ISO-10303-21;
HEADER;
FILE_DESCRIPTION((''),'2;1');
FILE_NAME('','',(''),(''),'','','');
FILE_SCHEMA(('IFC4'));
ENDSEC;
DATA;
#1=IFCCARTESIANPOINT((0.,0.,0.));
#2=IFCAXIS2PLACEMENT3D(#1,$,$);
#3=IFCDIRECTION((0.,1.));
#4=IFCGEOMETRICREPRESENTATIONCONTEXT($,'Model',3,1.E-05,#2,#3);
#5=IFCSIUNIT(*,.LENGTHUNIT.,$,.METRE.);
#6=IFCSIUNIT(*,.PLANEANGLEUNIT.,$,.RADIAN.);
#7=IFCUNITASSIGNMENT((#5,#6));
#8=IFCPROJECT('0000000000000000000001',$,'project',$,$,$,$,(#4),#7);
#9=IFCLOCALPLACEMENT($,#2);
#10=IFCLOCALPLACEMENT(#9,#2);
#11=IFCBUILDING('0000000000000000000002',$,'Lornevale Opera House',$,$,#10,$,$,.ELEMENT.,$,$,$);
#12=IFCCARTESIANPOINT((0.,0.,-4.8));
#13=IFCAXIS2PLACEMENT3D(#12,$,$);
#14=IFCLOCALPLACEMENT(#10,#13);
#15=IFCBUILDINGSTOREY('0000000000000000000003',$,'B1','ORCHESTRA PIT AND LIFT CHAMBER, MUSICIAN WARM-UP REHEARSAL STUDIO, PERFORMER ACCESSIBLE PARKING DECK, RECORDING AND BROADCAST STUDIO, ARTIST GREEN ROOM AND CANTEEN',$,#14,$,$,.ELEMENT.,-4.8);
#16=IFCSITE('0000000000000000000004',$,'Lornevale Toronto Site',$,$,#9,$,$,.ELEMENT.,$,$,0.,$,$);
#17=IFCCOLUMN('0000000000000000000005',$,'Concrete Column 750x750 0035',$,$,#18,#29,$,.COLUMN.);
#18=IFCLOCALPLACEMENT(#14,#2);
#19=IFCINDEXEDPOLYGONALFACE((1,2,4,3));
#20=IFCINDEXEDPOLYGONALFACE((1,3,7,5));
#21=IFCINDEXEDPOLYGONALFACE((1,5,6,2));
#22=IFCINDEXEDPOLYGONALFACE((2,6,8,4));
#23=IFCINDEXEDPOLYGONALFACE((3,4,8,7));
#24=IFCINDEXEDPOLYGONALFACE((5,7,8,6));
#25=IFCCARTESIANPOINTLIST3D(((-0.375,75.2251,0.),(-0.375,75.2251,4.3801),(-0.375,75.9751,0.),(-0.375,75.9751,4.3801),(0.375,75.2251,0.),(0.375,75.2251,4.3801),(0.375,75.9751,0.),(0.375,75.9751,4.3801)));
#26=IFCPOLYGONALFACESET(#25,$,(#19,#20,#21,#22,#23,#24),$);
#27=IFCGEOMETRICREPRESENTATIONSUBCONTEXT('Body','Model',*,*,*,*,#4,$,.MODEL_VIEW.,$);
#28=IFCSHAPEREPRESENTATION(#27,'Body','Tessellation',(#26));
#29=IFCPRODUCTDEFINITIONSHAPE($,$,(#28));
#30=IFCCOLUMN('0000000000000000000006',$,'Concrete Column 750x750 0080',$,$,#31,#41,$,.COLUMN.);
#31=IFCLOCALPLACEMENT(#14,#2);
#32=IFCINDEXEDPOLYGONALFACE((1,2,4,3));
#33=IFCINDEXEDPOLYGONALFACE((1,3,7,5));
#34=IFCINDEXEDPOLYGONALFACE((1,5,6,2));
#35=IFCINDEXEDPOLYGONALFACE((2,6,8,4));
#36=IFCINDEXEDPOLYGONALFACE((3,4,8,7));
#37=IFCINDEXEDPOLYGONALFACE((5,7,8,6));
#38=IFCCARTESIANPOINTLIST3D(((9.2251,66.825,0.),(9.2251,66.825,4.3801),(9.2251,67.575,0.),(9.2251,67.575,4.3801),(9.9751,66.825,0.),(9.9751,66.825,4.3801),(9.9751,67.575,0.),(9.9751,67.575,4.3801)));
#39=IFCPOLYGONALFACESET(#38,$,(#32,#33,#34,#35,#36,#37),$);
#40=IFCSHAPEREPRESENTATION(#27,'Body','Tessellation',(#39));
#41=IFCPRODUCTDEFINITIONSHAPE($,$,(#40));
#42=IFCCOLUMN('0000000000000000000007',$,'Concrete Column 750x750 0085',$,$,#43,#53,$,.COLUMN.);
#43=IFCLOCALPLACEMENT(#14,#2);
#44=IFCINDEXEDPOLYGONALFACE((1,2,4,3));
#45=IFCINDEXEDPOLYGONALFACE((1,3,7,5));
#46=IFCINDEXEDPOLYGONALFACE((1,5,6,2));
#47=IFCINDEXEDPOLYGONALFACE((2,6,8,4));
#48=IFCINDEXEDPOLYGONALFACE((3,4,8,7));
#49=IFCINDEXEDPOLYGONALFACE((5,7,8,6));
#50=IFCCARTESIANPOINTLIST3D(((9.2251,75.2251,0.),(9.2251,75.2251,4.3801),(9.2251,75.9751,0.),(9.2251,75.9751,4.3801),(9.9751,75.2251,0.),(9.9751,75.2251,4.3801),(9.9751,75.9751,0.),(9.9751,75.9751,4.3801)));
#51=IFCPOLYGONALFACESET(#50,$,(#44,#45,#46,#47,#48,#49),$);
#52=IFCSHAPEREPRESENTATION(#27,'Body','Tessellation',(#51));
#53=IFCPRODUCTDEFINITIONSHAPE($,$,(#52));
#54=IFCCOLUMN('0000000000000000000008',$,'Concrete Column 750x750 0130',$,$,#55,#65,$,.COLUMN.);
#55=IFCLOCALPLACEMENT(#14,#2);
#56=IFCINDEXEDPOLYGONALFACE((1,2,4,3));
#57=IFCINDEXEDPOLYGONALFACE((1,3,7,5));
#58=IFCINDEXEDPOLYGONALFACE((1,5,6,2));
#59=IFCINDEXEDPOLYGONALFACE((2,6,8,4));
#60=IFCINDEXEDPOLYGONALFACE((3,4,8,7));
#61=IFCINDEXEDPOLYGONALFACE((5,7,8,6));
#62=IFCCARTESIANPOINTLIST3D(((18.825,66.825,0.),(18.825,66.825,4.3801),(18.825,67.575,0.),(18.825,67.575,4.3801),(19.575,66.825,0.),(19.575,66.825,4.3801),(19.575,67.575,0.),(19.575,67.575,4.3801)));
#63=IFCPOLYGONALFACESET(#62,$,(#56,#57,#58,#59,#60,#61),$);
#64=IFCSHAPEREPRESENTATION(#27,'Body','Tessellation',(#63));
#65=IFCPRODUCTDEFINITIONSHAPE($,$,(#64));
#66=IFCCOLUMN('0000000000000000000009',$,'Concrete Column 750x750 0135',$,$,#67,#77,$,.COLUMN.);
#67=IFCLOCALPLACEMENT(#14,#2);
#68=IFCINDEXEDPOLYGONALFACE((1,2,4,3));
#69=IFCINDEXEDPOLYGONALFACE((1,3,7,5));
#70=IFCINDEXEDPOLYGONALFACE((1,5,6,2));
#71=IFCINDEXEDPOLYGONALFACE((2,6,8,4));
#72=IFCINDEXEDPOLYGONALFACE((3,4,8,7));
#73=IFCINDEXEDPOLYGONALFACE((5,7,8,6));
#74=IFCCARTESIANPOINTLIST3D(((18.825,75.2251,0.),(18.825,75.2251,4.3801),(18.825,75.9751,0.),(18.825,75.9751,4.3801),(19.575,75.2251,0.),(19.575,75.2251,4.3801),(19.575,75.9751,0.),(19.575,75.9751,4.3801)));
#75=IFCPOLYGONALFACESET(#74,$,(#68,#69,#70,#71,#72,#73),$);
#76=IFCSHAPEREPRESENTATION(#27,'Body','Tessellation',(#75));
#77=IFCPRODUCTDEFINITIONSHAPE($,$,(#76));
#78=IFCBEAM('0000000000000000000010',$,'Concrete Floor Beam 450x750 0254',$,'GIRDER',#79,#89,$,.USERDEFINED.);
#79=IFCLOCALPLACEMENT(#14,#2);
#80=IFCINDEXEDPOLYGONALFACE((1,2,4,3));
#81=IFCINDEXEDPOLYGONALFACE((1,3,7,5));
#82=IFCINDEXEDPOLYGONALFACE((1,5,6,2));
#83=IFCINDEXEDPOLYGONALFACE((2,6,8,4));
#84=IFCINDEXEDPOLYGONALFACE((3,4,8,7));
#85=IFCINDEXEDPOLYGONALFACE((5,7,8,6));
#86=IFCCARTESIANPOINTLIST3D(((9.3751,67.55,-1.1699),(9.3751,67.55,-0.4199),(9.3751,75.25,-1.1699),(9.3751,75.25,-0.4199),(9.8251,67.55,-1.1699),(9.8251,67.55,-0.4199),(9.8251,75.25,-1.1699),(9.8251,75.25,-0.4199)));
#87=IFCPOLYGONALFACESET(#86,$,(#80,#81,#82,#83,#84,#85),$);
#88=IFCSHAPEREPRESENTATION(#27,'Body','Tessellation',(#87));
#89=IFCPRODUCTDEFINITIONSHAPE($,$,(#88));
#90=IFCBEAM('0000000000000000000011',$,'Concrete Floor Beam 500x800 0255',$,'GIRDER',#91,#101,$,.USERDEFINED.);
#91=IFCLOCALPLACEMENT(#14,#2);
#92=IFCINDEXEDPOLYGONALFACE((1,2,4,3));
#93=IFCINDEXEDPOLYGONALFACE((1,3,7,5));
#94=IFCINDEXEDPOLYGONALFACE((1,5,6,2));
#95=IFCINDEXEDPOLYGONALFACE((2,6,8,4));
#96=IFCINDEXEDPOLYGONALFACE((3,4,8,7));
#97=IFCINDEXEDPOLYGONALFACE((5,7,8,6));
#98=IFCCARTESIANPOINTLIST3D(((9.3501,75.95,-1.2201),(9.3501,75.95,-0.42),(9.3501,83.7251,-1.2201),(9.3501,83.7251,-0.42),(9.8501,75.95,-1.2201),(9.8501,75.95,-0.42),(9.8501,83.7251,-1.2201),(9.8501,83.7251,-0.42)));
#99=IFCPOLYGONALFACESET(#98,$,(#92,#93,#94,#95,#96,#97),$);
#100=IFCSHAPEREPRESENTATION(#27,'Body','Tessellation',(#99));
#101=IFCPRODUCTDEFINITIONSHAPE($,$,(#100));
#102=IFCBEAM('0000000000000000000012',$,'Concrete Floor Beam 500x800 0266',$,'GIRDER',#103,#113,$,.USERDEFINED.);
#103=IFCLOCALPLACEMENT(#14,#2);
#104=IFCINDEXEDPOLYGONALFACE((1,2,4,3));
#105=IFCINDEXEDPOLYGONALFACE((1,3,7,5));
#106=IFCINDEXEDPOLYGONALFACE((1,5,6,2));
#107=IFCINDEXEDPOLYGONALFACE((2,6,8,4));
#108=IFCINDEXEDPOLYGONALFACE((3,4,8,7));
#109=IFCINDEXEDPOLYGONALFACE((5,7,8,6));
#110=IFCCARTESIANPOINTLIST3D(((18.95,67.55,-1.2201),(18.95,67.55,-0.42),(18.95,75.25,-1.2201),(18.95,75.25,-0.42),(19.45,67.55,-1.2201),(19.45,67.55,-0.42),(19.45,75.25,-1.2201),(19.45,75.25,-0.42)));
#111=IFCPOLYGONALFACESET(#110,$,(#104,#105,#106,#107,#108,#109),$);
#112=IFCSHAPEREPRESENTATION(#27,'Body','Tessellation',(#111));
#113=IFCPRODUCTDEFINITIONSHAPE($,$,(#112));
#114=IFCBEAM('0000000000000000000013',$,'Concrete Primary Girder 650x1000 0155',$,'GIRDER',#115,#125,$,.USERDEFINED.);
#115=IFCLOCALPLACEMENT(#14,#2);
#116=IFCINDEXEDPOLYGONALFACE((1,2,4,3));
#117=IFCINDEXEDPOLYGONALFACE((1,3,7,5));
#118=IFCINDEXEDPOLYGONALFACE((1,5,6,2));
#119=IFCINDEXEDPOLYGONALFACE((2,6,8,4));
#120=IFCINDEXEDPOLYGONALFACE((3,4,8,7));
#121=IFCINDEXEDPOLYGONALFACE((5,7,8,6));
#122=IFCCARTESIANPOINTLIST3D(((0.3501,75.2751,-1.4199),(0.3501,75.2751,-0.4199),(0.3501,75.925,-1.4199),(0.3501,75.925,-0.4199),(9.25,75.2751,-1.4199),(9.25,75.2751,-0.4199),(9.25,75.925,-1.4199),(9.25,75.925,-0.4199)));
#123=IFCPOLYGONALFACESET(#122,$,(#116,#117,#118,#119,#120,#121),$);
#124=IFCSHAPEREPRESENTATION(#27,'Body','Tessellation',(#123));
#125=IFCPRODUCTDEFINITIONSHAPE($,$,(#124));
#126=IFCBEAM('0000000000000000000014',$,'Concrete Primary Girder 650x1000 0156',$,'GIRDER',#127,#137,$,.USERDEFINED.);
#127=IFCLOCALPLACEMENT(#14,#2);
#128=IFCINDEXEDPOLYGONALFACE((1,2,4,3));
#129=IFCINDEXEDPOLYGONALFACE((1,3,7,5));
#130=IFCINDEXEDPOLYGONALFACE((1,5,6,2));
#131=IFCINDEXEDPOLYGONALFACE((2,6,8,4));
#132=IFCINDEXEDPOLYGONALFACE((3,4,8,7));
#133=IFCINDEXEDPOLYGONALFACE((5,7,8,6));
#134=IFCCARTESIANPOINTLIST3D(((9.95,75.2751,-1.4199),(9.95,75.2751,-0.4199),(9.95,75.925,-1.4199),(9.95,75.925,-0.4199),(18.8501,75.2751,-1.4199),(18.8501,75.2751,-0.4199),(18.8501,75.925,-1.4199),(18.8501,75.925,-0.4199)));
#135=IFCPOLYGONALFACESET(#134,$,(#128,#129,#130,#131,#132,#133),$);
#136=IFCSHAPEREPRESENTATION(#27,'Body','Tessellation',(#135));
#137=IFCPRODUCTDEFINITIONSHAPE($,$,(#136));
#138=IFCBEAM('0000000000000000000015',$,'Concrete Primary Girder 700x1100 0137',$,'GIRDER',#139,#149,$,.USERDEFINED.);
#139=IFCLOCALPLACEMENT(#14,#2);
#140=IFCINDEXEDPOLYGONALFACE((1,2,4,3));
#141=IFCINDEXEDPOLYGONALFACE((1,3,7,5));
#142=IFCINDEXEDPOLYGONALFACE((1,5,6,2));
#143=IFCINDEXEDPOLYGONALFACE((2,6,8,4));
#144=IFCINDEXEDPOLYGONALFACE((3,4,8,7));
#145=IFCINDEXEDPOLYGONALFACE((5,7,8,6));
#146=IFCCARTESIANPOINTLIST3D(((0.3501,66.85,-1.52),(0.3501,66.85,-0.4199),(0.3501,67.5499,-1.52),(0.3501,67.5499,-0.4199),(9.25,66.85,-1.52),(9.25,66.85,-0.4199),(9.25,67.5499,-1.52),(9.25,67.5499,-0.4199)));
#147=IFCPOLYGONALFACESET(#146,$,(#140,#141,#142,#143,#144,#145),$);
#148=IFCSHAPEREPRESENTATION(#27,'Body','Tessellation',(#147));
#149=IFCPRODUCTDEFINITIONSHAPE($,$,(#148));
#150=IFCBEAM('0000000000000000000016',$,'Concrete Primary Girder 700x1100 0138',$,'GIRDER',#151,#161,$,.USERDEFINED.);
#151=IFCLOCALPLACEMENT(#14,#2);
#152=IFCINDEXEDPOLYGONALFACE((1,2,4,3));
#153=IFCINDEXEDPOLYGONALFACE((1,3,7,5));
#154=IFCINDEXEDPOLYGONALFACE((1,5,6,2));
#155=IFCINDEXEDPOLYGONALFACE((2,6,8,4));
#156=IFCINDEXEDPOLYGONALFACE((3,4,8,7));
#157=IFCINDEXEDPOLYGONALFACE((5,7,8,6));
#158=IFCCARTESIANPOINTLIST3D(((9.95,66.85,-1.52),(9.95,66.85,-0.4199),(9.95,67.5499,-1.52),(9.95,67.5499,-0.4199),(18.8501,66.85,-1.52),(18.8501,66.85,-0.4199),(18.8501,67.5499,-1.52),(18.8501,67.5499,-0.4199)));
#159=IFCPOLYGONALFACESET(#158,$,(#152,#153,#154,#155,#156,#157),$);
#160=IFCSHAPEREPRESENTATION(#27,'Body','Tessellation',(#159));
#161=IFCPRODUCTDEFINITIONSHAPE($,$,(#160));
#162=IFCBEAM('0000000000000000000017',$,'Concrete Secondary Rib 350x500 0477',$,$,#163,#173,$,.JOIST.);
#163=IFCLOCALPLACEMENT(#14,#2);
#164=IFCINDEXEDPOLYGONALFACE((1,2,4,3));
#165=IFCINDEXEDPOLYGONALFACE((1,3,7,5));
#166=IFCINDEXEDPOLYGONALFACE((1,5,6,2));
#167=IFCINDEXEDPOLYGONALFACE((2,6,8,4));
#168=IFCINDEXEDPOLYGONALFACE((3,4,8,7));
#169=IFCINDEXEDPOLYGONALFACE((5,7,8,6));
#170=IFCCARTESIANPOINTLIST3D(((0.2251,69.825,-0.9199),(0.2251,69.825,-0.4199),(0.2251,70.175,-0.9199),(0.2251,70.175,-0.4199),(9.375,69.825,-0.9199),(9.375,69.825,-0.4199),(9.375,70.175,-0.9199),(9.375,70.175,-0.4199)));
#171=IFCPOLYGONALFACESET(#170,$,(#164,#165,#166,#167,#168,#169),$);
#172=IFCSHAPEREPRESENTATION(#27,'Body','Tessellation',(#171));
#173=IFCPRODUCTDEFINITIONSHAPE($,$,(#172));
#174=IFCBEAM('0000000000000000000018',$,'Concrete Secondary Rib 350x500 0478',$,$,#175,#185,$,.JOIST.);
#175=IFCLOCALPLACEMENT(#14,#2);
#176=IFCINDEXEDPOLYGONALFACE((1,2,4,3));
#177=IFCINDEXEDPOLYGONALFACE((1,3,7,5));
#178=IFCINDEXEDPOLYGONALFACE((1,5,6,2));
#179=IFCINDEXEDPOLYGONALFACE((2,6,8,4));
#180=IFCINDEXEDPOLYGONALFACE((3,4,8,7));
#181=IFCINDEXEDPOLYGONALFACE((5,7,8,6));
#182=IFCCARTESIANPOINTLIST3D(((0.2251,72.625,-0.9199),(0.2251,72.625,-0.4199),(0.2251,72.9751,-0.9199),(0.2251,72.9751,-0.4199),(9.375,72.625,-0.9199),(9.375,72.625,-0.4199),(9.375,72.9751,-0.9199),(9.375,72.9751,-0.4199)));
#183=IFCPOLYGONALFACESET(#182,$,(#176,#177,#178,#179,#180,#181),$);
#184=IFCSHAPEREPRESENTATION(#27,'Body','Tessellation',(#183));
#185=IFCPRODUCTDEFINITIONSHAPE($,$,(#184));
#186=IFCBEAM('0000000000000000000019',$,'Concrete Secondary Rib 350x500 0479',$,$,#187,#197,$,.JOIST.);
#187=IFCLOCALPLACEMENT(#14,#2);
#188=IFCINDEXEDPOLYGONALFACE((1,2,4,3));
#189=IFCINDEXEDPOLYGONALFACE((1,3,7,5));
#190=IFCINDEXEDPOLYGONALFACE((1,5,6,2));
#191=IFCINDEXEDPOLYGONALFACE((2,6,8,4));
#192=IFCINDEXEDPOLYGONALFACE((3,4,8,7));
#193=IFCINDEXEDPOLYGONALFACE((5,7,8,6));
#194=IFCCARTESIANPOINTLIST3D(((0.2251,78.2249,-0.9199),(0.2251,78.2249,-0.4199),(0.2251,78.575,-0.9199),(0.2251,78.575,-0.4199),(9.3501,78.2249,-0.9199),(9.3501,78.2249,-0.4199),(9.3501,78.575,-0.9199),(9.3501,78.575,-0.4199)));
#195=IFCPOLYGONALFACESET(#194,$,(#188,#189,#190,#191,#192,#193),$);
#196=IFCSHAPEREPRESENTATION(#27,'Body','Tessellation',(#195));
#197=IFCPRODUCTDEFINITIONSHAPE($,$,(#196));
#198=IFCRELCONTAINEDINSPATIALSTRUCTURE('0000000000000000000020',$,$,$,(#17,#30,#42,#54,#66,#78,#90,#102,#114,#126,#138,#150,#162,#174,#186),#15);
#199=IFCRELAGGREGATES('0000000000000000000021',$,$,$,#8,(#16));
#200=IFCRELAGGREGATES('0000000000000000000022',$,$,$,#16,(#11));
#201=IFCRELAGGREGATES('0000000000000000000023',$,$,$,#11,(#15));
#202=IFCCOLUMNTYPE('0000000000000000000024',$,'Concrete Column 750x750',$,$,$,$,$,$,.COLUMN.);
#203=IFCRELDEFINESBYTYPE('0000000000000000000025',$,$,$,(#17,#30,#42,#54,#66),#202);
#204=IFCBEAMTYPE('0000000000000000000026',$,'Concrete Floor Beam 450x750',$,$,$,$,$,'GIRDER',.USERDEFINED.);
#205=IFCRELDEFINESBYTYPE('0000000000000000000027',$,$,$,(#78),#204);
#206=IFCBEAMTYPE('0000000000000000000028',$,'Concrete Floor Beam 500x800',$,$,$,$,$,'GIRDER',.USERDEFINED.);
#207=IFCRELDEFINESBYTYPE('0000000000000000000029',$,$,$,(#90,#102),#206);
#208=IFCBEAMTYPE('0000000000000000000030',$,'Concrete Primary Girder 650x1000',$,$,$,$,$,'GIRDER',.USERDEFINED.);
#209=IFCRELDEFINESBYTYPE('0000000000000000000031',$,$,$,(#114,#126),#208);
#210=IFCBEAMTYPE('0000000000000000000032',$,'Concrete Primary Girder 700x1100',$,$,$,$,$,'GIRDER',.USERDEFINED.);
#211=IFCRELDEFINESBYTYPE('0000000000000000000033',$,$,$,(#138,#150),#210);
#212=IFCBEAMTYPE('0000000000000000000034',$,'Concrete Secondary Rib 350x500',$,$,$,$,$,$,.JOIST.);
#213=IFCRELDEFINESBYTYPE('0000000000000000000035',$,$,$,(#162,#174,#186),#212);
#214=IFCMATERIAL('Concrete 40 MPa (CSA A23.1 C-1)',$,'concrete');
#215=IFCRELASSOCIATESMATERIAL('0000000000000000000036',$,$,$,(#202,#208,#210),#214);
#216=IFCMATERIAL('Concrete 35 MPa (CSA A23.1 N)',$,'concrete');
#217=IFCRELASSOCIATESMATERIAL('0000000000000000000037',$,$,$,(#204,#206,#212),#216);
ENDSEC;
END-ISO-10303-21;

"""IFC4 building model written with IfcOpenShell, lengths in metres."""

from ifc_helpers import new_model, si_unit, direction, frame, origin, origin_2d, place, context, subcontext, project, spatial, rectangle, extrude, material, material_profile, profile_set, type_object, element, save


model = new_model("IFC4")

# Units and contexts
model_context = context("Model", 3, precision=1e-05, world=origin(), true_north=direction((0.0, 1.0)))
body_context = subcontext(model_context, "Body", "Model", "MODEL_VIEW")
ifc_project = project(units=[si_unit("LENGTHUNIT", "METRE"), si_unit("PLANEANGLEUNIT", "RADIAN")], contexts=[model_context])

# Site, building, storey
site_placement = place(None, origin())
site = spatial("IfcSite", under=ifc_project, at=site_placement, Name="Lornevale Toronto Site", CompositionType="ELEMENT", RefElevation=0.0)
building_placement = place(site_placement, origin())
building = spatial("IfcBuilding", under=site, at=building_placement, Name="Lornevale Opera House", CompositionType="ELEMENT")
storey_placement = place(building_placement, frame((0.0, 0.0, -4.8)))
storey = spatial("IfcBuildingStorey", under=building, at=storey_placement, Name="B1", Description="ORCHESTRA PIT AND LIFT CHAMBER, MUSICIAN WARM-UP REHEARSAL STUDIO, PERFORMER ACCESSIBLE PARKING DECK, RECORDING AND BROADCAST STUDIO, ARTIST GREEN ROOM AND CANTEEN", CompositionType="ELEMENT", Elevation=-4.8)

# Columns
ifc_material_1 = material(Name="Concrete 40 MPa (CSA A23.1 C-1)", Category="concrete")
ifc_material_profile_1 = material_profile(ifc_material_1, rectangle(XDim=0.75, YDim=0.75, at=origin_2d()), Name="RC750x750")
ifc_profile_set_1 = profile_set([ifc_material_profile_1], Name="Concrete 40 MPa (CSA A23.1 C-1)")
column_type = type_object("IfcColumnType", Name="Concrete Column 750x750", PredefinedType="COLUMN", material=ifc_profile_set_1)
for number, where, z_axis, x_axis, name in (
    (1, (0.0, 75.6001, 0.0), (0.0, 0.0, 1.0), (1.0, 0.0, 0.0), "Concrete Column 750x750 0035"),
    (2, (9.6001, 67.2, 0.0), (0.0, 0.0, 1.0), (1.0, 0.0, 0.0), "Concrete Column 750x750 0080"),
    (3, (9.6001, 75.6001, 0.0), (0.0, 0.0, 1.0), (1.0, 0.0, 0.0), "Concrete Column 750x750 0085"),
    (4, (19.2, 67.2, 0.0), (0.0, 0.0, 1.0), (1.0, 0.0, 0.0), "Concrete Column 750x750 0130"),
    (5, (19.2, 75.6001, 0.0), (0.0, 0.0, 1.0), (1.0, 0.0, 0.0), "Concrete Column 750x750 0135"),
):
    element("IfcColumn", number, at=place(storey_placement, frame(where, z_axis=z_axis, x_axis=x_axis)), inside=storey, type_object=column_type, Name=name, PredefinedType="COLUMN", context=body_context, shape_type="SweptSolid", body=[
        extrude(rectangle(XDim=0.75, YDim=0.75, at=origin_2d()), origin(), (0.0, 0.0, 1.0), 4.3801),
    ])

# Beams
ifc_material_2 = material(Name="Concrete 35 MPa (CSA A23.1 N)", Category="concrete")
ifc_material_profile_2 = material_profile(ifc_material_2, rectangle(XDim=0.45, YDim=0.75, at=origin_2d()), Name="RC450x750")
ifc_profile_set_2 = profile_set([ifc_material_profile_2], Name="Concrete 35 MPa (CSA A23.1 N)")
beam_type_1 = type_object("IfcBeamType", Name="Concrete Floor Beam 450x750", ElementType="GIRDER", PredefinedType="USERDEFINED", material=ifc_profile_set_2)
beam_1_placement = place(storey_placement, frame((9.6001, 67.55, -0.7949), z_axis=(0.0, 1.0, 0.0), x_axis=(-1.0, 0.0, 0.0)))
element("IfcBeam", 6, at=beam_1_placement, inside=storey, type_object=beam_type_1, Name="Concrete Floor Beam 450x750 0254", ObjectType="GIRDER", PredefinedType="USERDEFINED", context=body_context, shape_type="SweptSolid", body=[
    extrude(rectangle(XDim=0.45, YDim=0.75, at=origin_2d()), origin(), (0.0, 0.0, 1.0), 7.7),
])
ifc_material_profile_3 = material_profile(ifc_material_2, rectangle(XDim=0.5, YDim=0.8, at=origin_2d()), Name="RC500x800")
ifc_profile_set_3 = profile_set([ifc_material_profile_3], Name="Concrete 35 MPa (CSA A23.1 N)")
beam_type_2 = type_object("IfcBeamType", Name="Concrete Floor Beam 500x800", ElementType="GIRDER", PredefinedType="USERDEFINED", material=ifc_profile_set_3)
beam_2_placement = place(storey_placement, frame((9.6001, 75.95, -0.8201), z_axis=(0.0, 1.0, 0.0), x_axis=(-1.0, 0.0, 0.0)))
element("IfcBeam", 7, at=beam_2_placement, inside=storey, type_object=beam_type_2, Name="Concrete Floor Beam 500x800 0255", ObjectType="GIRDER", PredefinedType="USERDEFINED", context=body_context, shape_type="SweptSolid", body=[
    extrude(rectangle(XDim=0.5, YDim=0.8, at=origin_2d()), origin(), (0.0, 0.0, 1.0), 7.7751),
])
beam_3_placement = place(storey_placement, frame((19.2, 67.55, -0.8201), z_axis=(0.0, 1.0, 0.0), x_axis=(-1.0, 0.0, 0.0)))
element("IfcBeam", 8, at=beam_3_placement, inside=storey, type_object=beam_type_2, Name="Concrete Floor Beam 500x800 0266", ObjectType="GIRDER", PredefinedType="USERDEFINED", context=body_context, shape_type="SweptSolid", body=[
    extrude(rectangle(XDim=0.5, YDim=0.8, at=origin_2d()), origin(), (0.0, 0.0, 1.0), 7.7),
])
ifc_material_profile_4 = material_profile(ifc_material_1, rectangle(XDim=0.6499, YDim=1.0, at=origin_2d()), Name="RC650x1000")
ifc_profile_set_4 = profile_set([ifc_material_profile_4], Name="Concrete 40 MPa (CSA A23.1 C-1)")
beam_type_3 = type_object("IfcBeamType", Name="Concrete Primary Girder 650x1000", ElementType="GIRDER", PredefinedType="USERDEFINED", material=ifc_profile_set_4)
beam_4_placement = place(storey_placement, frame((0.3501, 75.6001, -0.9199), z_axis=(1.0, 0.0, 0.0), x_axis=(0.0, 1.0, 0.0)))
element("IfcBeam", 9, at=beam_4_placement, inside=storey, type_object=beam_type_3, Name="Concrete Primary Girder 650x1000 0155", ObjectType="GIRDER", PredefinedType="USERDEFINED", context=body_context, shape_type="SweptSolid", body=[
    extrude(rectangle(XDim=0.6499, YDim=1.0, at=origin_2d()), origin(), (0.0, 0.0, 1.0), 8.8999),
])
beam_5_placement = place(storey_placement, frame((9.95, 75.6001, -0.9199), z_axis=(1.0, 0.0, 0.0), x_axis=(0.0, 1.0, 0.0)))
element("IfcBeam", 10, at=beam_5_placement, inside=storey, type_object=beam_type_3, Name="Concrete Primary Girder 650x1000 0156", ObjectType="GIRDER", PredefinedType="USERDEFINED", context=body_context, shape_type="SweptSolid", body=[
    extrude(rectangle(XDim=0.6499, YDim=1.0, at=origin_2d()), origin(), (0.0, 0.0, 1.0), 8.9001),
])
ifc_material_profile_5 = material_profile(ifc_material_1, rectangle(XDim=0.7, YDim=1.1001, at=origin_2d()), Name="RC700x1100")
ifc_profile_set_5 = profile_set([ifc_material_profile_5], Name="Concrete 40 MPa (CSA A23.1 C-1)")
beam_type_4 = type_object("IfcBeamType", Name="Concrete Primary Girder 700x1100", ElementType="GIRDER", PredefinedType="USERDEFINED", material=ifc_profile_set_5)
beam_6_placement = place(storey_placement, frame((0.3501, 67.2, -0.97), z_axis=(1.0, 0.0, 0.0), x_axis=(0.0, 1.0, 0.0)))
element("IfcBeam", 11, at=beam_6_placement, inside=storey, type_object=beam_type_4, Name="Concrete Primary Girder 700x1100 0137", ObjectType="GIRDER", PredefinedType="USERDEFINED", context=body_context, shape_type="SweptSolid", body=[
    extrude(rectangle(XDim=0.7, YDim=1.1001, at=origin_2d()), origin(), (0.0, 0.0, 1.0), 8.8999),
])
beam_7_placement = place(storey_placement, frame((9.95, 67.2, -0.97), z_axis=(1.0, 0.0, 0.0), x_axis=(0.0, 1.0, 0.0)))
element("IfcBeam", 12, at=beam_7_placement, inside=storey, type_object=beam_type_4, Name="Concrete Primary Girder 700x1100 0138", ObjectType="GIRDER", PredefinedType="USERDEFINED", context=body_context, shape_type="SweptSolid", body=[
    extrude(rectangle(XDim=0.7, YDim=1.1001, at=origin_2d()), origin(), (0.0, 0.0, 1.0), 8.9001),
])
ifc_material_profile_6 = material_profile(ifc_material_2, rectangle(XDim=0.3501, YDim=0.5, at=origin_2d()), Name="RC350x500")
ifc_profile_set_6 = profile_set([ifc_material_profile_6], Name="Concrete 35 MPa (CSA A23.1 N)")
beam_type_5 = type_object("IfcBeamType", Name="Concrete Secondary Rib 350x500", PredefinedType="JOIST", material=ifc_profile_set_6)
for number, where, z_axis, x_axis, name in (
    (13, (0.2251, 70.0, -0.6699), (1.0, 0.0, 0.0), (0.0, 1.0, 0.0), "Concrete Secondary Rib 350x500 0477"),
    (14, (0.2251, 72.8, -0.6699), (1.0, 0.0, 0.0), (0.0, 1.0, 0.0), "Concrete Secondary Rib 350x500 0478"),
):
    element("IfcBeam", number, at=place(storey_placement, frame(where, z_axis=z_axis, x_axis=x_axis)), inside=storey, type_object=beam_type_5, Name=name, PredefinedType="JOIST", context=body_context, shape_type="SweptSolid", body=[
        extrude(rectangle(XDim=0.3501, YDim=0.5, at=origin_2d()), origin(), (0.0, 0.0, 1.0), 9.1499),
    ])
for number, where, z_axis, x_axis, name in (
    (15, (0.2251, 78.3999, -0.6699), (1.0, 0.0, 0.0), (0.0, 1.0, 0.0), "Concrete Secondary Rib 350x500 0479"),
):
    element("IfcBeam", number, at=place(storey_placement, frame(where, z_axis=z_axis, x_axis=x_axis)), inside=storey, type_object=beam_type_5, Name=name, PredefinedType="JOIST", context=body_context, shape_type="SweptSolid", body=[
        extrude(rectangle(XDim=0.3501, YDim=0.5, at=origin_2d()), origin(), (0.0, 0.0, 1.0), 9.125),
    ])

save(model, "model.ifc")
